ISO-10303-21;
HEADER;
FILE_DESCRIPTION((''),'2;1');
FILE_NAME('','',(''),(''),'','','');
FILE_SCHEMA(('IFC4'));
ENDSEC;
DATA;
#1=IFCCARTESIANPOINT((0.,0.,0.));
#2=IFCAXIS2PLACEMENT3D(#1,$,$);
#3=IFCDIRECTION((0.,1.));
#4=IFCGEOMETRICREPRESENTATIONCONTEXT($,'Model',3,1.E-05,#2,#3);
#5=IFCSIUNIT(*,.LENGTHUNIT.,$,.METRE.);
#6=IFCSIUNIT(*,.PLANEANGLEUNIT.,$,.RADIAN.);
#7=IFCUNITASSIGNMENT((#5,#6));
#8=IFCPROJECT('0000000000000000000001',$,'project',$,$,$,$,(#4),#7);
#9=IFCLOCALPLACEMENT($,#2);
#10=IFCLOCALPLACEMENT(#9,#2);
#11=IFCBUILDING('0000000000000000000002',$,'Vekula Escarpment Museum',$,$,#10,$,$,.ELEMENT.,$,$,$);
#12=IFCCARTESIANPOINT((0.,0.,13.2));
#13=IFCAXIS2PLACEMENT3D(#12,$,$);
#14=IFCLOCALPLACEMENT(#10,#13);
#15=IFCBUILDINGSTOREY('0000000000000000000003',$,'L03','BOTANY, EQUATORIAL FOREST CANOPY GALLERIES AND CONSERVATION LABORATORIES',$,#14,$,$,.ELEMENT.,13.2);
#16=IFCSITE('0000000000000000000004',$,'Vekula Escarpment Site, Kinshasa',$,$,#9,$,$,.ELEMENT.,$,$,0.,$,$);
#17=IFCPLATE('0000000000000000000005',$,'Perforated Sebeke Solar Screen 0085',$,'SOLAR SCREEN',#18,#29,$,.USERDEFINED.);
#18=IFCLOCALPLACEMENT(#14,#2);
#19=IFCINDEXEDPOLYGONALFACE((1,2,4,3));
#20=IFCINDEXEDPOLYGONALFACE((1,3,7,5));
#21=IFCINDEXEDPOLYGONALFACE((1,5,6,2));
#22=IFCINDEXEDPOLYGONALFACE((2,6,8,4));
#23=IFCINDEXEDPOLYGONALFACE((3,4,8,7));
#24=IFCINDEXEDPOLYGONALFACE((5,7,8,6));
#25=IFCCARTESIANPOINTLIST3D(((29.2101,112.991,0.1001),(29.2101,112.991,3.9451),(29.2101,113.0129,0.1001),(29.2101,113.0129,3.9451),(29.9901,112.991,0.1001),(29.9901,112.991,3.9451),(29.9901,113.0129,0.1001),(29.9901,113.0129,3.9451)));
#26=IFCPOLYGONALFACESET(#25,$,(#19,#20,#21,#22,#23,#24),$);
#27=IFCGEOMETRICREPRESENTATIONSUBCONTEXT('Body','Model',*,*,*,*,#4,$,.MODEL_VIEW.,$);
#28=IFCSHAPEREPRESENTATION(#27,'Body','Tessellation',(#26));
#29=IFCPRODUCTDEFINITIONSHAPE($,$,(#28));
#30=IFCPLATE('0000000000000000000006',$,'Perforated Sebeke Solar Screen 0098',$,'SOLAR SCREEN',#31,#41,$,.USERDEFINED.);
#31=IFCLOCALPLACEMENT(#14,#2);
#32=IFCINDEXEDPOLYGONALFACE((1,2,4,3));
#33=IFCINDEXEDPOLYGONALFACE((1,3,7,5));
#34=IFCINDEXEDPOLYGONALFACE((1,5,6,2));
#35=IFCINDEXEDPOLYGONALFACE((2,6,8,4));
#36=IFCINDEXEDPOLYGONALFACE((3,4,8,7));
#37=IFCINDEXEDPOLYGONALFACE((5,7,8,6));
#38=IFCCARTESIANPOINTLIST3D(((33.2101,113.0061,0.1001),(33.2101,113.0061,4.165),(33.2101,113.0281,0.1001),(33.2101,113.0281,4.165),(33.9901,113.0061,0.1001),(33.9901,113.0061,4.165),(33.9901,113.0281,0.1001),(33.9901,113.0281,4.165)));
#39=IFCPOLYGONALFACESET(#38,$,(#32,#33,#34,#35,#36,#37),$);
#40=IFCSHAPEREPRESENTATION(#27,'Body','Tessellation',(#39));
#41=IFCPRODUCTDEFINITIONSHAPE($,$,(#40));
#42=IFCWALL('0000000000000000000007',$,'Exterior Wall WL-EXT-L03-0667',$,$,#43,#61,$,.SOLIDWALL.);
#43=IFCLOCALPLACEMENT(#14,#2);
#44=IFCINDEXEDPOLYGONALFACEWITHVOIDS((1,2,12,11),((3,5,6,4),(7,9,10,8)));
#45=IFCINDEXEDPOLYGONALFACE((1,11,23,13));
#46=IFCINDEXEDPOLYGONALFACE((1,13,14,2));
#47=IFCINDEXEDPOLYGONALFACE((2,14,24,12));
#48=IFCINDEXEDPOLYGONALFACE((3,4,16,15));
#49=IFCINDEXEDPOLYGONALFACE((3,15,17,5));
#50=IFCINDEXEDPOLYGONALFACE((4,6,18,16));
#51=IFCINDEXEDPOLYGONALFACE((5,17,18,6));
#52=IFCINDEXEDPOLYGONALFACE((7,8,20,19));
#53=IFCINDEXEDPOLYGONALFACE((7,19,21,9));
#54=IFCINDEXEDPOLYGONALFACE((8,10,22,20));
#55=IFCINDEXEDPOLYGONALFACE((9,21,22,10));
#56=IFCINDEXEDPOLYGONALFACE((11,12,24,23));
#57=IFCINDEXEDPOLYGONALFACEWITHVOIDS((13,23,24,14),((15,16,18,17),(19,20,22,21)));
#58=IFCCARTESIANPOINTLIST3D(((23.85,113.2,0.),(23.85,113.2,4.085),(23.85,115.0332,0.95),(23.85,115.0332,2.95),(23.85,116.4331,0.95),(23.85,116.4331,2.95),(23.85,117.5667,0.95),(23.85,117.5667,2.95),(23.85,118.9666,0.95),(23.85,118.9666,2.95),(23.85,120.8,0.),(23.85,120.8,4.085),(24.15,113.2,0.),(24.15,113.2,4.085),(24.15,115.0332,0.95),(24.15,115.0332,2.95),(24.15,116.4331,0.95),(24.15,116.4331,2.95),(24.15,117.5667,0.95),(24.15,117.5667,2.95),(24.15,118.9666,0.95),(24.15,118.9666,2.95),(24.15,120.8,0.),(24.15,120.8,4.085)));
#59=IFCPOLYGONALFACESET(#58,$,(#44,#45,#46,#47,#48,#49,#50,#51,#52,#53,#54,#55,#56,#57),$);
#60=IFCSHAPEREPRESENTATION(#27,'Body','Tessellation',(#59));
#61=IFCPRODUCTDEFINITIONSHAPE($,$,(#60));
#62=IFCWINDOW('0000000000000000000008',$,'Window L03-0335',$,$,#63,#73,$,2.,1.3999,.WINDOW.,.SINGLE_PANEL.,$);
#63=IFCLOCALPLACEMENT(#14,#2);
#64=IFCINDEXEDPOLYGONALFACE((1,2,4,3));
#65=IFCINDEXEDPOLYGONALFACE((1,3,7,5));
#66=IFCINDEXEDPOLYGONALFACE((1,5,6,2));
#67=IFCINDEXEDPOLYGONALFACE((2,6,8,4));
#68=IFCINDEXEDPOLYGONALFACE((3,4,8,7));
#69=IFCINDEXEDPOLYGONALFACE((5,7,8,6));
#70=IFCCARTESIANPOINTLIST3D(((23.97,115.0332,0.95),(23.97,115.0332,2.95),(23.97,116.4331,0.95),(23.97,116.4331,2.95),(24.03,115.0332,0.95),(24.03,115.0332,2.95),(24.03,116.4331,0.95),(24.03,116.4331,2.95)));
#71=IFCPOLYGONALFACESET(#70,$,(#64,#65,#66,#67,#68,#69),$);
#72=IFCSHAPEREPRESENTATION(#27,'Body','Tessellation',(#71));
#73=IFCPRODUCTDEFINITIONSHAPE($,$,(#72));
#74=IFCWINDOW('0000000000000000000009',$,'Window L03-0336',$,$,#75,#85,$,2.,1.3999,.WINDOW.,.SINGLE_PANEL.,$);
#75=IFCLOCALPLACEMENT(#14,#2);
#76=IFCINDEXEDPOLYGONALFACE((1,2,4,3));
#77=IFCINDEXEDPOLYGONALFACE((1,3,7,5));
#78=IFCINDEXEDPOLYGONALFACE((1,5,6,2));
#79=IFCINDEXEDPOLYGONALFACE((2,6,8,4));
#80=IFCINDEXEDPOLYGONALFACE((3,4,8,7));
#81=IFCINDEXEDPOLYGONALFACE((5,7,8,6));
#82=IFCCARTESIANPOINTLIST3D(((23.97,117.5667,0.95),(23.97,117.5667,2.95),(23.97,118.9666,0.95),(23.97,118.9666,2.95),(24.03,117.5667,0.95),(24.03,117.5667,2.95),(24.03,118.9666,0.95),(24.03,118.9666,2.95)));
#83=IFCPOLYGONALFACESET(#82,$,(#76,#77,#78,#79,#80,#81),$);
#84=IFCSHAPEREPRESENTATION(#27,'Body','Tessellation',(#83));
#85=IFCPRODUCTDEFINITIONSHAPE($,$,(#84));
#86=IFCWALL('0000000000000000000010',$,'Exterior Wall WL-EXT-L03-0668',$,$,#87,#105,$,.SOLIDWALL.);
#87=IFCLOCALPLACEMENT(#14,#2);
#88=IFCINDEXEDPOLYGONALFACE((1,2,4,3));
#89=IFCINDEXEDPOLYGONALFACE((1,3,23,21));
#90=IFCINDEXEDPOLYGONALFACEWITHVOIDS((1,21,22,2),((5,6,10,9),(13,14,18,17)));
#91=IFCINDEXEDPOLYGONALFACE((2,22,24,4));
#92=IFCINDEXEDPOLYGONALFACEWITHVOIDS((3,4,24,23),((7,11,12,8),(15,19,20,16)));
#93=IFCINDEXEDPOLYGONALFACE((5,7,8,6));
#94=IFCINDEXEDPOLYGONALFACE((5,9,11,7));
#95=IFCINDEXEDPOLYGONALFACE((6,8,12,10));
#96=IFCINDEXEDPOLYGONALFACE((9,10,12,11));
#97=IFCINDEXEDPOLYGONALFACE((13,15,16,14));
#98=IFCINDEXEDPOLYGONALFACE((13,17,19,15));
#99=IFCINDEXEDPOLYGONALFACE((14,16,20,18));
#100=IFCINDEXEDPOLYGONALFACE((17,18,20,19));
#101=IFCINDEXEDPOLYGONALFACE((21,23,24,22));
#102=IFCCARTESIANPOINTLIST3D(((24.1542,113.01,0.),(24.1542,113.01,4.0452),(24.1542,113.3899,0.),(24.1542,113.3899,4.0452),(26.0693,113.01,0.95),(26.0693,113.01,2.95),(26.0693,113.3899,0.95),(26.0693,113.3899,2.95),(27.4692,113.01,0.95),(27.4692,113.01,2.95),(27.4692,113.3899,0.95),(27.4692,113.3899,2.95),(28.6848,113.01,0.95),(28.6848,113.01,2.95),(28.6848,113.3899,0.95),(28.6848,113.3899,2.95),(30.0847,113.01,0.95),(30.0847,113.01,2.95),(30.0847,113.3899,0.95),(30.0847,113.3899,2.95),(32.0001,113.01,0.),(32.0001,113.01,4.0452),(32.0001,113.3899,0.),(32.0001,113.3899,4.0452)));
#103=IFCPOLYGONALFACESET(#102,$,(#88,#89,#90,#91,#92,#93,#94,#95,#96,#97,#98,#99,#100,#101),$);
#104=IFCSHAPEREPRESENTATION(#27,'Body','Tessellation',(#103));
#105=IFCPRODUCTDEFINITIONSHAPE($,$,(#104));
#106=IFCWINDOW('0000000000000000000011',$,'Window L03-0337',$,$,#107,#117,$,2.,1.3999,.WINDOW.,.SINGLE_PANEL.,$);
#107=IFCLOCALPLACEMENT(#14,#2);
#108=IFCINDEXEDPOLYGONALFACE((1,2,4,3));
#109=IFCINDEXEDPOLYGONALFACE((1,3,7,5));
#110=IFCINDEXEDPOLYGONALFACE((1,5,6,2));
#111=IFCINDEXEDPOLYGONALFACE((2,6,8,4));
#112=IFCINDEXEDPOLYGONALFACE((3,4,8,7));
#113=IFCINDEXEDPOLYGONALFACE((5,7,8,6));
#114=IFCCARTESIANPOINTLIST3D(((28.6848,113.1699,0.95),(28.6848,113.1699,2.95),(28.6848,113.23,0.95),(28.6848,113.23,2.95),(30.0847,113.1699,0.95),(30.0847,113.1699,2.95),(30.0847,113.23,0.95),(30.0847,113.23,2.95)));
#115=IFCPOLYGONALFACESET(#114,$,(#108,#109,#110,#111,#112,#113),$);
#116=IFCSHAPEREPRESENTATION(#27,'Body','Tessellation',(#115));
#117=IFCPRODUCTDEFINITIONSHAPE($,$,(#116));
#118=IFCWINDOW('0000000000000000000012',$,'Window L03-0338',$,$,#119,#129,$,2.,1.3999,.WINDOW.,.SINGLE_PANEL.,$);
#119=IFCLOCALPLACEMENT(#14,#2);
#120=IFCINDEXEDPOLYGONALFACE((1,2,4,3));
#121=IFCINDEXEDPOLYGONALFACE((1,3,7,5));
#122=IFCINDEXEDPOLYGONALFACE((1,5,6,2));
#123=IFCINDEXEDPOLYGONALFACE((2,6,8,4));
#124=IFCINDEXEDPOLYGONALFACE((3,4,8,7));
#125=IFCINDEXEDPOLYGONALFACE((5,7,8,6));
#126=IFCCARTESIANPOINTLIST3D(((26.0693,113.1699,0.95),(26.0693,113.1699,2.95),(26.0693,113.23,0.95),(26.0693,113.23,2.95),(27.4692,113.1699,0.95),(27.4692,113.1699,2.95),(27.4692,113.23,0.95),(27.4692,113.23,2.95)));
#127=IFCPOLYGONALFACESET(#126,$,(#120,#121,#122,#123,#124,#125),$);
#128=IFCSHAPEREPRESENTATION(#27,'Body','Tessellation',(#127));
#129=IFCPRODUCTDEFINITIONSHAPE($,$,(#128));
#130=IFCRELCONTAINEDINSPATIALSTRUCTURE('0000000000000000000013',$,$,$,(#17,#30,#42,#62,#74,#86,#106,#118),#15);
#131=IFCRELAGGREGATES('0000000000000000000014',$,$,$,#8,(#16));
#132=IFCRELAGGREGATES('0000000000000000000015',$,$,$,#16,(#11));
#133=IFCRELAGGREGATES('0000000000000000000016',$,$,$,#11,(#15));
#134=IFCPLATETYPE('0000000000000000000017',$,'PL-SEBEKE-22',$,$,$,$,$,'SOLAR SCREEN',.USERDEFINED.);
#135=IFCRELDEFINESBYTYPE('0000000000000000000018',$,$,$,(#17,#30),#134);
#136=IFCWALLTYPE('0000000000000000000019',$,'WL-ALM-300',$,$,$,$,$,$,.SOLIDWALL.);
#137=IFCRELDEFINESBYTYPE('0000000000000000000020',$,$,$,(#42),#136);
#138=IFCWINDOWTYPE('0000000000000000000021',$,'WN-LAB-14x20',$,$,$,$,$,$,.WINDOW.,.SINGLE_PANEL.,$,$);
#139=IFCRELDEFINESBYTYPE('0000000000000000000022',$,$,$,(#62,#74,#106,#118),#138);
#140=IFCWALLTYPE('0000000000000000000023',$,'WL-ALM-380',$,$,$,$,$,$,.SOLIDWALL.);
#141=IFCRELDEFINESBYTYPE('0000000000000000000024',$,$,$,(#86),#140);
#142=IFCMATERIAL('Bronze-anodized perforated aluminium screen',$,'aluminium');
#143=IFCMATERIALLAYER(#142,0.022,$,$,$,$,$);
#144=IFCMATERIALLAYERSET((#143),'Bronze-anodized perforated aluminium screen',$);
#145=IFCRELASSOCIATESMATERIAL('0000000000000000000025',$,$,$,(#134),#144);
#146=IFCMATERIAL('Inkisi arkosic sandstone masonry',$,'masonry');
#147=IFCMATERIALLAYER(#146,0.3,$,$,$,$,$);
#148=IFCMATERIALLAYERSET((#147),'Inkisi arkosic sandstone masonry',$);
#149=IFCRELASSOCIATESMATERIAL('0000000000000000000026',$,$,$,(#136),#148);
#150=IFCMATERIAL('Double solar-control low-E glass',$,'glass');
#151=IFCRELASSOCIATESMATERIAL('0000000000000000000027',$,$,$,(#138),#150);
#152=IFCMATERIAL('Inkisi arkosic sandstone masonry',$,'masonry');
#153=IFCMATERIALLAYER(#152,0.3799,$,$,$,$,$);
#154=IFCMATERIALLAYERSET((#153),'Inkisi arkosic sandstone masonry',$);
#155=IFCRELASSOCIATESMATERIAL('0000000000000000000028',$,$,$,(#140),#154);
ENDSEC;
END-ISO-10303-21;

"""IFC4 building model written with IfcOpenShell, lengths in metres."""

from ifc_helpers import new_model, si_unit, direction, frame, frame_2d, origin, origin_2d, place, context, subcontext, project, spatial, rectangle, extrude, material, layer, layer_set, type_object, element, fill, save


model = new_model("IFC4")

# Units and contexts
model_context = context("Model", 3, precision=1e-05, world=origin(), true_north=direction((0.0, 1.0)))
body_context = subcontext(model_context, "Body", "Model", "MODEL_VIEW")
ifc_project = project(units=[si_unit("LENGTHUNIT", "METRE"), si_unit("PLANEANGLEUNIT", "RADIAN")], contexts=[model_context])

# Site, building, storey
site_placement = place(None, origin())
site = spatial("IfcSite", under=ifc_project, at=site_placement, Name="Vekula Escarpment Site, Kinshasa", CompositionType="ELEMENT", RefElevation=0.0)
building_placement = place(site_placement, origin())
building = spatial("IfcBuilding", under=site, at=building_placement, Name="Vekula Escarpment Museum", CompositionType="ELEMENT")
storey_placement = place(building_placement, frame((0.0, 0.0, 13.2)))
storey = spatial("IfcBuildingStorey", under=building, at=storey_placement, Name="L03", Description="BOTANY, EQUATORIAL FOREST CANOPY GALLERIES AND CONSERVATION LABORATORIES", CompositionType="ELEMENT", Elevation=13.2)

# Plates
ifc_material_1 = material(Name="Bronze-anodized perforated aluminium screen", Category="aluminium")
ifc_layer_1 = layer(ifc_material_1, 0.022)
ifc_layer_set_1 = layer_set([ifc_layer_1], Name="Bronze-anodized perforated aluminium screen")
plate_type_1 = type_object("IfcPlateType", Name="PL-SEBEKE-22", ElementType="SOLAR SCREEN", PredefinedType="USERDEFINED", material=ifc_layer_set_1)
plate_1_placement = place(storey_placement, frame((29.6001, 113.002, 0.1001), z_axis=(0.0, 0.0, 1.0), x_axis=(1.0, 0.0, 0.0)))
element("IfcPlate", 1, at=plate_1_placement, inside=storey, type_object=plate_type_1, Name="Perforated Sebeke Solar Screen 0085", ObjectType="SOLAR SCREEN", PredefinedType="USERDEFINED", context=body_context, shape_type="SweptSolid", body=[
    extrude(rectangle(XDim=0.78, YDim=0.022, at=origin_2d()), origin(), (0.0, 0.0, 1.0), 3.845),
])
plate_2_placement = place(storey_placement, frame((33.6001, 113.0171, 0.1001), z_axis=(0.0, 0.0, 1.0), x_axis=(1.0, 0.0, 0.0)))
element("IfcPlate", 2, at=plate_2_placement, inside=storey, type_object=plate_type_1, Name="Perforated Sebeke Solar Screen 0098", ObjectType="SOLAR SCREEN", PredefinedType="USERDEFINED", context=body_context, shape_type="SweptSolid", body=[
    extrude(rectangle(XDim=0.78, YDim=0.022, at=origin_2d()), origin(), (0.0, 0.0, 1.0), 4.0649),
])

# Walls, openings, windows
ifc_material_2 = material(Name="Inkisi arkosic sandstone masonry", Category="masonry")
ifc_layer_2 = layer(ifc_material_2, 0.3)
ifc_layer_set_2 = layer_set([ifc_layer_2], Name="Inkisi arkosic sandstone masonry")
wall_type_1 = type_object("IfcWallType", Name="WL-ALM-300", PredefinedType="SOLIDWALL", material=ifc_layer_set_2)
wall_1_placement = place(storey_placement, frame((24.0, 113.2, 0.0), z_axis=(0.0, 0.0, 1.0), x_axis=(0.0, 1.0, 0.0)))
wall_1 = element("IfcWall", 3, at=wall_1_placement, inside=storey, type_object=wall_type_1, Name="Exterior Wall WL-EXT-L03-0667", PredefinedType="SOLIDWALL", context=body_context, shape_type="SweptSolid", body=[
    extrude(rectangle(XDim=7.6001, YDim=0.3, at=frame_2d((3.8, 0.0))), origin(), (0.0, 0.0, 1.0), 4.085),
])
opening_1_placement = place(wall_1_placement, frame((1.8333, 0.0, 0.95)))
opening_1 = element("IfcOpeningElement", 4, at=opening_1_placement, cuts=wall_1, PredefinedType="OPENING", context=body_context, shape_type="SweptSolid", body=[
    extrude(rectangle(XDim=1.3999, YDim=2.0, at=frame_2d((0.7, 1.0))), frame((0.0, 0.1599, 0.0), z_axis=(0.0, -1.0, 0.0), x_axis=(1.0, 0.0, 0.0)), (0.0, 0.0, 1.0), 0.3201),
])
opening_2_placement = place(wall_1_placement, frame((4.3667, 0.0, 0.95)))
opening_2 = element("IfcOpeningElement", 5, at=opening_2_placement, cuts=wall_1, PredefinedType="OPENING", context=body_context, shape_type="SweptSolid", body=[
    extrude(rectangle(XDim=1.3999, YDim=2.0, at=frame_2d((0.7, 1.0))), frame((0.0, 0.1599, 0.0), z_axis=(0.0, -1.0, 0.0), x_axis=(1.0, 0.0, 0.0)), (0.0, 0.0, 1.0), 0.3201),
])
ifc_material_3 = material(Name="Double solar-control low-E glass", Category="glass")
window_type = type_object("IfcWindowType", Name="WN-LAB-14x20", PartitioningType="SINGLE_PANEL", PredefinedType="WINDOW", material=ifc_material_3)
window_1_placement = place(opening_1_placement, origin())
window_1 = element("IfcWindow", 6, at=window_1_placement, inside=storey, type_object=window_type, Name="Window L03-0335", OverallHeight=2.0, OverallWidth=1.3999, PartitioningType="SINGLE_PANEL", PredefinedType="WINDOW", context=body_context, shape_type="SweptSolid", body=[
    extrude(rectangle(XDim=1.3999, YDim=2.0, at=frame_2d((0.7, 1.0))), frame((0.0, 0.03, 0.0), z_axis=(0.0, -1.0, 0.0), x_axis=(1.0, 0.0, 0.0)), (0.0, 0.0, 1.0), 0.0601),
])
fill(opening_1, window_1)
window_2_placement = place(opening_2_placement, origin())
window_2 = element("IfcWindow", 7, at=window_2_placement, inside=storey, type_object=window_type, Name="Window L03-0336", OverallHeight=2.0, OverallWidth=1.3999, PartitioningType="SINGLE_PANEL", PredefinedType="WINDOW", context=body_context, shape_type="SweptSolid", body=[
    extrude(rectangle(XDim=1.3999, YDim=2.0, at=frame_2d((0.7, 1.0))), frame((0.0, 0.03, 0.0), z_axis=(0.0, -1.0, 0.0), x_axis=(1.0, 0.0, 0.0)), (0.0, 0.0, 1.0), 0.0601),
])
fill(opening_2, window_2)
ifc_material_4 = material(Name="Inkisi arkosic sandstone masonry", Category="masonry")
ifc_layer_3 = layer(ifc_material_4, 0.3799)
ifc_layer_set_3 = layer_set([ifc_layer_3], Name="Inkisi arkosic sandstone masonry")
wall_type_2 = type_object("IfcWallType", Name="WL-ALM-380", PredefinedType="SOLIDWALL", material=ifc_layer_set_3)
wall_2_placement = place(storey_placement, frame((32.0, 113.2, 0.0), z_axis=(0.0, 0.0, 1.0), x_axis=(-1.0, 0.0, 0.0)))
wall_2 = element("IfcWall", 8, at=wall_2_placement, inside=storey, type_object=wall_type_2, Name="Exterior Wall WL-EXT-L03-0668", PredefinedType="SOLIDWALL", context=body_context, shape_type="SweptSolid", body=[
    extrude(rectangle(XDim=7.8459, YDim=0.3799, at=frame_2d((3.9229, 0.0))), origin(), (0.0, 0.0, 1.0), 4.0452),
])
opening_3_placement = place(wall_2_placement, frame((1.9153, 0.0, 0.95)))
opening_3 = element("IfcOpeningElement", 9, at=opening_3_placement, cuts=wall_2, PredefinedType="OPENING", context=body_context, shape_type="SweptSolid", body=[
    extrude(rectangle(XDim=1.3999, YDim=2.0, at=frame_2d((0.7, 1.0))), frame((0.0, 0.2, 0.0), z_axis=(0.0, -1.0, 0.0), x_axis=(1.0, 0.0, 0.0)), (0.0, 0.0, 1.0), 0.3999),
])
opening_4_placement = place(wall_2_placement, frame((4.5308, 0.0, 0.95)))
opening_4 = element("IfcOpeningElement", 10, at=opening_4_placement, cuts=wall_2, PredefinedType="OPENING", context=body_context, shape_type="SweptSolid", body=[
    extrude(rectangle(XDim=1.3999, YDim=2.0, at=frame_2d((0.7, 1.0))), frame((0.0, 0.2, 0.0), z_axis=(0.0, -1.0, 0.0), x_axis=(1.0, 0.0, 0.0)), (0.0, 0.0, 1.0), 0.3999),
])
window_3_placement = place(opening_3_placement, origin())
window_3 = element("IfcWindow", 11, at=window_3_placement, inside=storey, type_object=window_type, Name="Window L03-0337", OverallHeight=2.0, OverallWidth=1.3999, PartitioningType="SINGLE_PANEL", PredefinedType="WINDOW", context=body_context, shape_type="SweptSolid", body=[
    extrude(rectangle(XDim=1.3999, YDim=2.0, at=frame_2d((0.7, 1.0))), frame((0.0, 0.03, 0.0), z_axis=(0.0, -1.0, 0.0), x_axis=(1.0, 0.0, 0.0)), (0.0, 0.0, 1.0), 0.0601),
])
fill(opening_3, window_3)
window_4_placement = place(opening_4_placement, origin())
window_4 = element("IfcWindow", 12, at=window_4_placement, inside=storey, type_object=window_type, Name="Window L03-0338", OverallHeight=2.0, OverallWidth=1.3999, PartitioningType="SINGLE_PANEL", PredefinedType="WINDOW", context=body_context, shape_type="SweptSolid", body=[
    extrude(rectangle(XDim=1.3999, YDim=2.0, at=frame_2d((0.7, 1.0))), frame((0.0, 0.03, 0.0), z_axis=(0.0, -1.0, 0.0), x_axis=(1.0, 0.0, 0.0)), (0.0, 0.0, 1.0), 0.0601),
])
fill(opening_4, window_4)

save(model, "model.ifc")
